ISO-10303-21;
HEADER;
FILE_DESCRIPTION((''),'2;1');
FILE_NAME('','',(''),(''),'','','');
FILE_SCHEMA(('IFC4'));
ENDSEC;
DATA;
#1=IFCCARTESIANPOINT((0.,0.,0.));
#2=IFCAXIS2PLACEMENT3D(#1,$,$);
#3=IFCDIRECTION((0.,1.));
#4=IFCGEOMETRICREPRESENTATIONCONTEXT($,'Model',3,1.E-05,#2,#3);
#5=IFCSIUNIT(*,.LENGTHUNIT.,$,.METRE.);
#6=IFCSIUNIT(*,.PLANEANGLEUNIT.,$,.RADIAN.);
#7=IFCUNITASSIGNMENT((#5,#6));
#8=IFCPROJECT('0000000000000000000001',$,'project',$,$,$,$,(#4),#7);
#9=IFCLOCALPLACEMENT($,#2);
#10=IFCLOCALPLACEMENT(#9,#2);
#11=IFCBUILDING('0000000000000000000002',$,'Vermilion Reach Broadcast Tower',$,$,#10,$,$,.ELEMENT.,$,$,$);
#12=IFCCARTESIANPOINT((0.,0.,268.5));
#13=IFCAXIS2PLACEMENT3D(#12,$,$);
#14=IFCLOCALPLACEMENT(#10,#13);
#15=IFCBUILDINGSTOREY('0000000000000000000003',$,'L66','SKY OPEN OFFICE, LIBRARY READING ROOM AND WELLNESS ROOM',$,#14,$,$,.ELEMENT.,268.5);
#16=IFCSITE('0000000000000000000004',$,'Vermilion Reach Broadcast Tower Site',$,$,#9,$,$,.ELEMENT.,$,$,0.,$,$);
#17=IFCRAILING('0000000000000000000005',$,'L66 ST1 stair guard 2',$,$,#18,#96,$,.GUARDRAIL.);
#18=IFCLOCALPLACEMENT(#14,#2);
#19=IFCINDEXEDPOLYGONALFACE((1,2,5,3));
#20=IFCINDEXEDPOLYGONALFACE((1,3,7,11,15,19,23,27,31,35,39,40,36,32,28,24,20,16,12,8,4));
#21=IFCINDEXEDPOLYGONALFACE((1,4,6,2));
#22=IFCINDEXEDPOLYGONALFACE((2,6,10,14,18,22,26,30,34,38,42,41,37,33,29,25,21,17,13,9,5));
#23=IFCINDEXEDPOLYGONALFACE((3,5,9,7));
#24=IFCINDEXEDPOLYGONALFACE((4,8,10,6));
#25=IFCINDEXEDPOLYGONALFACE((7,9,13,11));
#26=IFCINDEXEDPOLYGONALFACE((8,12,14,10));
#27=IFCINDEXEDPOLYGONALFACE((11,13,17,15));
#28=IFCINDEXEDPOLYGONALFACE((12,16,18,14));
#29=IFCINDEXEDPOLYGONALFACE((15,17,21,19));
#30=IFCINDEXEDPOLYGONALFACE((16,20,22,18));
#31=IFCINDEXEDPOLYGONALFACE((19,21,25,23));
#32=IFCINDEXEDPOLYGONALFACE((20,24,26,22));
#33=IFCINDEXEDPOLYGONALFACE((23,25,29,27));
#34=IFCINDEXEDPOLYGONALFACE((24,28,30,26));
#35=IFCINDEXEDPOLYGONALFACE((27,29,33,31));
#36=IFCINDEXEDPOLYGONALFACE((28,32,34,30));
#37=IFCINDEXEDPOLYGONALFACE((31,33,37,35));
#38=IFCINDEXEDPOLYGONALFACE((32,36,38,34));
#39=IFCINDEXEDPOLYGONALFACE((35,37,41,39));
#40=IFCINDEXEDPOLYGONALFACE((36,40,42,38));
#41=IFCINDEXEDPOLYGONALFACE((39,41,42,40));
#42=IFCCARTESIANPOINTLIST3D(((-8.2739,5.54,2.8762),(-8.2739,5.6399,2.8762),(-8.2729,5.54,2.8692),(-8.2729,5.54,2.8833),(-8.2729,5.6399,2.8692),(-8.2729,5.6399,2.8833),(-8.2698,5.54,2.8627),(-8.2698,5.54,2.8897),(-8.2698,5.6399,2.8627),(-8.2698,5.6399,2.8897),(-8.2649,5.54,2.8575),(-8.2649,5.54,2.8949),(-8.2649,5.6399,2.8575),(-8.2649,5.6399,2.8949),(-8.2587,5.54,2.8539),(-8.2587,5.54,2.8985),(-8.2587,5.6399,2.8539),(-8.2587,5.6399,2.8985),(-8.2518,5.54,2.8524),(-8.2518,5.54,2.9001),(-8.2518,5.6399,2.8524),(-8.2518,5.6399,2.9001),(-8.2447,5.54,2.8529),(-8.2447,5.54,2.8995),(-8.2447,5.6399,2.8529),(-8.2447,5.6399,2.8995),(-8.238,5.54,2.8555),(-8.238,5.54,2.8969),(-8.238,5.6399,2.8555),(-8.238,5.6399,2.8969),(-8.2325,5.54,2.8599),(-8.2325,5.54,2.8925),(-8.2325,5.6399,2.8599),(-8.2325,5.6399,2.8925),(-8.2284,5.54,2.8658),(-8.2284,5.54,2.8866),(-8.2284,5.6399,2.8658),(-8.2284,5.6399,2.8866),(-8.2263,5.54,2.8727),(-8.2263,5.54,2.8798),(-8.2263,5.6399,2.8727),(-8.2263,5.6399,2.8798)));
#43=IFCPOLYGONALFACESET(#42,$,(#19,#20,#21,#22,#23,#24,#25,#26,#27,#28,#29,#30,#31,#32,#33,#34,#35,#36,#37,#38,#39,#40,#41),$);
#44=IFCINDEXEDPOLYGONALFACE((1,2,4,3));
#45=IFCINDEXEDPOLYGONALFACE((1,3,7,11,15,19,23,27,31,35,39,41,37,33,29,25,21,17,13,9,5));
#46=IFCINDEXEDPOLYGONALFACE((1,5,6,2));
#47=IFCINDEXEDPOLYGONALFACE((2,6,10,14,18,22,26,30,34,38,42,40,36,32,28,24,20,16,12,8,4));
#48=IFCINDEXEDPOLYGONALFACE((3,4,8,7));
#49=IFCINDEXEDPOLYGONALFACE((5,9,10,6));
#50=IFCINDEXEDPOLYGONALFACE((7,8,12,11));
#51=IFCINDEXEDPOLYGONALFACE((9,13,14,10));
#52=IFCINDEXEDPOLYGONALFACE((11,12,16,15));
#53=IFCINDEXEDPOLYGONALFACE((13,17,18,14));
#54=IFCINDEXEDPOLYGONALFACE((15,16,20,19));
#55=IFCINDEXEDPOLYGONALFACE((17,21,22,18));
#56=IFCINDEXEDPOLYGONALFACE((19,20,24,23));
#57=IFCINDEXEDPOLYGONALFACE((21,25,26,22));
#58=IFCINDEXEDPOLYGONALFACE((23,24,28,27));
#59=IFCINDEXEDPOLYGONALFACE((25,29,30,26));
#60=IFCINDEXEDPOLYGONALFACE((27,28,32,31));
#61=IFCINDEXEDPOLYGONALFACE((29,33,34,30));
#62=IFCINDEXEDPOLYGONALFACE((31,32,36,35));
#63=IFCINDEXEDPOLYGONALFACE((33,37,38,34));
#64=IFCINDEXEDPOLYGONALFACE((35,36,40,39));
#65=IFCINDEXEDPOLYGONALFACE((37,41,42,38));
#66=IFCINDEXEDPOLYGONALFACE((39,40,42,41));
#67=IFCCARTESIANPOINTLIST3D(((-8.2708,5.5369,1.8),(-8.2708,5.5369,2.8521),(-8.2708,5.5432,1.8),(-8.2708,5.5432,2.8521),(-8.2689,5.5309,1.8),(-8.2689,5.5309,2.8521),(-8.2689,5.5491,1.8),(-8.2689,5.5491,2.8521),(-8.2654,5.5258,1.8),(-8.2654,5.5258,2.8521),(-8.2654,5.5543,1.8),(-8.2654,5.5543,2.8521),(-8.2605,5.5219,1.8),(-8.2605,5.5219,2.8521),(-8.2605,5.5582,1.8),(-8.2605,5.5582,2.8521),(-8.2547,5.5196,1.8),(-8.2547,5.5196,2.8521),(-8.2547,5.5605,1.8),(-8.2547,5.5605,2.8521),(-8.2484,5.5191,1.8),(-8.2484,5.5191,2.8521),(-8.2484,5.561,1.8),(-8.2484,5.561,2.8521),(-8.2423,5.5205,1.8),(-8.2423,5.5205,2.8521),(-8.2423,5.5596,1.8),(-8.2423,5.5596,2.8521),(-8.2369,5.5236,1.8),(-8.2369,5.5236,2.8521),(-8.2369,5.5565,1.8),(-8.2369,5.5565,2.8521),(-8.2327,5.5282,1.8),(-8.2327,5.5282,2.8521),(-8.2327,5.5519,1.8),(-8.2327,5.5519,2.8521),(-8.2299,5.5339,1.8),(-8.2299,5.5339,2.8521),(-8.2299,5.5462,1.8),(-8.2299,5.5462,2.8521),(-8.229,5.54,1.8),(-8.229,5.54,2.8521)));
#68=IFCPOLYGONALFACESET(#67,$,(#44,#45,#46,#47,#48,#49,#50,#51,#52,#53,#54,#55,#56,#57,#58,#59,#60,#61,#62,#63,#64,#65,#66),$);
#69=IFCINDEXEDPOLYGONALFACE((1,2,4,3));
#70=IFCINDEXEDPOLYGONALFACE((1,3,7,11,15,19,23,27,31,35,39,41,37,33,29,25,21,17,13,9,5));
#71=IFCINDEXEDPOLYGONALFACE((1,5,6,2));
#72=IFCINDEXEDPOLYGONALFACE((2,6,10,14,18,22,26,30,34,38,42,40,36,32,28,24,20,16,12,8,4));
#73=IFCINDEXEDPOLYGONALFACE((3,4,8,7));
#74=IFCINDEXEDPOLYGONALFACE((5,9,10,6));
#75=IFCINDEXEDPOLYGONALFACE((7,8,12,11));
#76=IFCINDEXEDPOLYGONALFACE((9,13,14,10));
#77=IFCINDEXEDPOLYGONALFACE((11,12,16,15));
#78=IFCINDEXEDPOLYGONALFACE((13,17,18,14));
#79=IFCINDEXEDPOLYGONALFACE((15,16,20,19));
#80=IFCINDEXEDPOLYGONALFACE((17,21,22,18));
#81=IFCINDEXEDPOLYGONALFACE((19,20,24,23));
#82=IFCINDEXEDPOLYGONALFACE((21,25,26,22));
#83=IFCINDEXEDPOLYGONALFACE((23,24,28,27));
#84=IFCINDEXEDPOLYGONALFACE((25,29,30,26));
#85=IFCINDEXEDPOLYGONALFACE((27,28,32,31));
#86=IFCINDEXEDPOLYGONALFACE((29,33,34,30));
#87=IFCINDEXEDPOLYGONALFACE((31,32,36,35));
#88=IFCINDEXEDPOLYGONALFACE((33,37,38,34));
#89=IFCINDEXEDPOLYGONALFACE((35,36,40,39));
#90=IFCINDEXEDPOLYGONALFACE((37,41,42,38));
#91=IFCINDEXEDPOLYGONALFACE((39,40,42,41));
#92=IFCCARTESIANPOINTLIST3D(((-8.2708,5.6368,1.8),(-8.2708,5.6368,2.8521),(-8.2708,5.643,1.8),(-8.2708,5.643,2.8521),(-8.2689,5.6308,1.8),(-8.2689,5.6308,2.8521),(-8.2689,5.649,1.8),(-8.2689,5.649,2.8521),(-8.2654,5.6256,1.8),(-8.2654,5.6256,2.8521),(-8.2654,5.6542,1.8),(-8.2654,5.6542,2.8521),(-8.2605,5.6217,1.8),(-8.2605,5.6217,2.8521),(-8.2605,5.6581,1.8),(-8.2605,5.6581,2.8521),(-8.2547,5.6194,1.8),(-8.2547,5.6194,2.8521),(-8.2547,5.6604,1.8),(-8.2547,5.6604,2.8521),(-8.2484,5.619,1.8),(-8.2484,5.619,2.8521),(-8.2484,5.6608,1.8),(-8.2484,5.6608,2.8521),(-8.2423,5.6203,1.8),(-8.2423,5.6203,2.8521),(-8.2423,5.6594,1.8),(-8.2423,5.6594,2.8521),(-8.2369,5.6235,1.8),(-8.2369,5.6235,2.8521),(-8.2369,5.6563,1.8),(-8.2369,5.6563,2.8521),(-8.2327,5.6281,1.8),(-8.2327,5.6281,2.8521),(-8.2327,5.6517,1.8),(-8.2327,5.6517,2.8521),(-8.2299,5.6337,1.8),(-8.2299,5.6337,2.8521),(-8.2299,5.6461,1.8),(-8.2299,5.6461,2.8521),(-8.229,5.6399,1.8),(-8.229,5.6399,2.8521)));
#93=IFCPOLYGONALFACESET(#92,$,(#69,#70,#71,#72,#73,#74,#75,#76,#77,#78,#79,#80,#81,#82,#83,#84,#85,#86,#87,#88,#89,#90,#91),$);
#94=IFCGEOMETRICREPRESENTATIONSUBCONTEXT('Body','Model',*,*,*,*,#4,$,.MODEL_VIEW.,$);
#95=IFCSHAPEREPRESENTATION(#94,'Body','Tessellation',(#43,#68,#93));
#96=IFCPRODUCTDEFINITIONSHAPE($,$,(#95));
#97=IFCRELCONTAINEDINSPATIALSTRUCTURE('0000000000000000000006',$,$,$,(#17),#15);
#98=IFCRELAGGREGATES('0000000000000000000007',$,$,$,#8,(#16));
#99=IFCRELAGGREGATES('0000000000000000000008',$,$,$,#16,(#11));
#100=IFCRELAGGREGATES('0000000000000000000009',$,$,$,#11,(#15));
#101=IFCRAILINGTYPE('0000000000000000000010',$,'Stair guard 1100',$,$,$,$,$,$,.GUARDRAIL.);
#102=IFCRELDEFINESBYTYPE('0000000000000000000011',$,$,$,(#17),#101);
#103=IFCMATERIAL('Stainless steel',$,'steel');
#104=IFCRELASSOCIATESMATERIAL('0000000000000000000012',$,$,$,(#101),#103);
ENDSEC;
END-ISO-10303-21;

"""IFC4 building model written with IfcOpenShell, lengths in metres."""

from ifc_helpers import new_model, si_unit, direction, frame, origin, origin_2d, place, context, subcontext, project, spatial, circle, extrude, material, type_object, element, save


model = new_model("IFC4")

# Units and contexts
model_context = context("Model", 3, precision=1e-05, world=origin(), true_north=direction((0.0, 1.0)))
body_context = subcontext(model_context, "Body", "Model", "MODEL_VIEW")
ifc_project = project(units=[si_unit("LENGTHUNIT", "METRE"), si_unit("PLANEANGLEUNIT", "RADIAN")], contexts=[model_context])

# Site, building, storey
site_placement = place(None, origin())
site = spatial("IfcSite", under=ifc_project, at=site_placement, Name="Vermilion Reach Broadcast Tower Site", CompositionType="ELEMENT", RefElevation=0.0)
building_placement = place(site_placement, origin())
building = spatial("IfcBuilding", under=site, at=building_placement, Name="Vermilion Reach Broadcast Tower", CompositionType="ELEMENT")
storey_placement = place(building_placement, frame((0.0, 0.0, 268.5)))
storey = spatial("IfcBuildingStorey", under=building, at=storey_placement, Name="L66", Description="SKY OPEN OFFICE, LIBRARY READING ROOM AND WELLNESS ROOM", CompositionType="ELEMENT", Elevation=268.5)

# Railing
ifc_material_1 = material(Name="Stainless steel", Category="steel")
railing_type_1 = type_object("IfcRailingType", Name="Stair guard 1100", PredefinedType="GUARDRAIL", material=ifc_material_1)
railing_1_placement = place(storey_placement, frame((-8.25, 5.54, 1.8)))
element("IfcRailing", 1, at=railing_1_placement, inside=storey, type_object=railing_type_1, Name="L66 ST1 stair guard 2", PredefinedType="GUARDRAIL", context=body_context, shape_type="SweptSolid", body=[
    extrude(circle(Radius=0.0239, at=origin_2d()), frame((0.0, 0.0, 1.0762), z_axis=(0.0, 1.0, 0.0), x_axis=(-1.0, 0.0, 0.0)), (0.0, 0.0, 1.0), 0.0999),
    extrude(circle(Radius=0.021, at=origin_2d()), origin(), (0.0, 0.0, 1.0), 1.052),
    extrude(circle(Radius=0.021, at=origin_2d()), frame((0.0, 0.0999, 0.0)), (0.0, 0.0, 1.0), 1.052),
])

save(model, "model.ifc")
